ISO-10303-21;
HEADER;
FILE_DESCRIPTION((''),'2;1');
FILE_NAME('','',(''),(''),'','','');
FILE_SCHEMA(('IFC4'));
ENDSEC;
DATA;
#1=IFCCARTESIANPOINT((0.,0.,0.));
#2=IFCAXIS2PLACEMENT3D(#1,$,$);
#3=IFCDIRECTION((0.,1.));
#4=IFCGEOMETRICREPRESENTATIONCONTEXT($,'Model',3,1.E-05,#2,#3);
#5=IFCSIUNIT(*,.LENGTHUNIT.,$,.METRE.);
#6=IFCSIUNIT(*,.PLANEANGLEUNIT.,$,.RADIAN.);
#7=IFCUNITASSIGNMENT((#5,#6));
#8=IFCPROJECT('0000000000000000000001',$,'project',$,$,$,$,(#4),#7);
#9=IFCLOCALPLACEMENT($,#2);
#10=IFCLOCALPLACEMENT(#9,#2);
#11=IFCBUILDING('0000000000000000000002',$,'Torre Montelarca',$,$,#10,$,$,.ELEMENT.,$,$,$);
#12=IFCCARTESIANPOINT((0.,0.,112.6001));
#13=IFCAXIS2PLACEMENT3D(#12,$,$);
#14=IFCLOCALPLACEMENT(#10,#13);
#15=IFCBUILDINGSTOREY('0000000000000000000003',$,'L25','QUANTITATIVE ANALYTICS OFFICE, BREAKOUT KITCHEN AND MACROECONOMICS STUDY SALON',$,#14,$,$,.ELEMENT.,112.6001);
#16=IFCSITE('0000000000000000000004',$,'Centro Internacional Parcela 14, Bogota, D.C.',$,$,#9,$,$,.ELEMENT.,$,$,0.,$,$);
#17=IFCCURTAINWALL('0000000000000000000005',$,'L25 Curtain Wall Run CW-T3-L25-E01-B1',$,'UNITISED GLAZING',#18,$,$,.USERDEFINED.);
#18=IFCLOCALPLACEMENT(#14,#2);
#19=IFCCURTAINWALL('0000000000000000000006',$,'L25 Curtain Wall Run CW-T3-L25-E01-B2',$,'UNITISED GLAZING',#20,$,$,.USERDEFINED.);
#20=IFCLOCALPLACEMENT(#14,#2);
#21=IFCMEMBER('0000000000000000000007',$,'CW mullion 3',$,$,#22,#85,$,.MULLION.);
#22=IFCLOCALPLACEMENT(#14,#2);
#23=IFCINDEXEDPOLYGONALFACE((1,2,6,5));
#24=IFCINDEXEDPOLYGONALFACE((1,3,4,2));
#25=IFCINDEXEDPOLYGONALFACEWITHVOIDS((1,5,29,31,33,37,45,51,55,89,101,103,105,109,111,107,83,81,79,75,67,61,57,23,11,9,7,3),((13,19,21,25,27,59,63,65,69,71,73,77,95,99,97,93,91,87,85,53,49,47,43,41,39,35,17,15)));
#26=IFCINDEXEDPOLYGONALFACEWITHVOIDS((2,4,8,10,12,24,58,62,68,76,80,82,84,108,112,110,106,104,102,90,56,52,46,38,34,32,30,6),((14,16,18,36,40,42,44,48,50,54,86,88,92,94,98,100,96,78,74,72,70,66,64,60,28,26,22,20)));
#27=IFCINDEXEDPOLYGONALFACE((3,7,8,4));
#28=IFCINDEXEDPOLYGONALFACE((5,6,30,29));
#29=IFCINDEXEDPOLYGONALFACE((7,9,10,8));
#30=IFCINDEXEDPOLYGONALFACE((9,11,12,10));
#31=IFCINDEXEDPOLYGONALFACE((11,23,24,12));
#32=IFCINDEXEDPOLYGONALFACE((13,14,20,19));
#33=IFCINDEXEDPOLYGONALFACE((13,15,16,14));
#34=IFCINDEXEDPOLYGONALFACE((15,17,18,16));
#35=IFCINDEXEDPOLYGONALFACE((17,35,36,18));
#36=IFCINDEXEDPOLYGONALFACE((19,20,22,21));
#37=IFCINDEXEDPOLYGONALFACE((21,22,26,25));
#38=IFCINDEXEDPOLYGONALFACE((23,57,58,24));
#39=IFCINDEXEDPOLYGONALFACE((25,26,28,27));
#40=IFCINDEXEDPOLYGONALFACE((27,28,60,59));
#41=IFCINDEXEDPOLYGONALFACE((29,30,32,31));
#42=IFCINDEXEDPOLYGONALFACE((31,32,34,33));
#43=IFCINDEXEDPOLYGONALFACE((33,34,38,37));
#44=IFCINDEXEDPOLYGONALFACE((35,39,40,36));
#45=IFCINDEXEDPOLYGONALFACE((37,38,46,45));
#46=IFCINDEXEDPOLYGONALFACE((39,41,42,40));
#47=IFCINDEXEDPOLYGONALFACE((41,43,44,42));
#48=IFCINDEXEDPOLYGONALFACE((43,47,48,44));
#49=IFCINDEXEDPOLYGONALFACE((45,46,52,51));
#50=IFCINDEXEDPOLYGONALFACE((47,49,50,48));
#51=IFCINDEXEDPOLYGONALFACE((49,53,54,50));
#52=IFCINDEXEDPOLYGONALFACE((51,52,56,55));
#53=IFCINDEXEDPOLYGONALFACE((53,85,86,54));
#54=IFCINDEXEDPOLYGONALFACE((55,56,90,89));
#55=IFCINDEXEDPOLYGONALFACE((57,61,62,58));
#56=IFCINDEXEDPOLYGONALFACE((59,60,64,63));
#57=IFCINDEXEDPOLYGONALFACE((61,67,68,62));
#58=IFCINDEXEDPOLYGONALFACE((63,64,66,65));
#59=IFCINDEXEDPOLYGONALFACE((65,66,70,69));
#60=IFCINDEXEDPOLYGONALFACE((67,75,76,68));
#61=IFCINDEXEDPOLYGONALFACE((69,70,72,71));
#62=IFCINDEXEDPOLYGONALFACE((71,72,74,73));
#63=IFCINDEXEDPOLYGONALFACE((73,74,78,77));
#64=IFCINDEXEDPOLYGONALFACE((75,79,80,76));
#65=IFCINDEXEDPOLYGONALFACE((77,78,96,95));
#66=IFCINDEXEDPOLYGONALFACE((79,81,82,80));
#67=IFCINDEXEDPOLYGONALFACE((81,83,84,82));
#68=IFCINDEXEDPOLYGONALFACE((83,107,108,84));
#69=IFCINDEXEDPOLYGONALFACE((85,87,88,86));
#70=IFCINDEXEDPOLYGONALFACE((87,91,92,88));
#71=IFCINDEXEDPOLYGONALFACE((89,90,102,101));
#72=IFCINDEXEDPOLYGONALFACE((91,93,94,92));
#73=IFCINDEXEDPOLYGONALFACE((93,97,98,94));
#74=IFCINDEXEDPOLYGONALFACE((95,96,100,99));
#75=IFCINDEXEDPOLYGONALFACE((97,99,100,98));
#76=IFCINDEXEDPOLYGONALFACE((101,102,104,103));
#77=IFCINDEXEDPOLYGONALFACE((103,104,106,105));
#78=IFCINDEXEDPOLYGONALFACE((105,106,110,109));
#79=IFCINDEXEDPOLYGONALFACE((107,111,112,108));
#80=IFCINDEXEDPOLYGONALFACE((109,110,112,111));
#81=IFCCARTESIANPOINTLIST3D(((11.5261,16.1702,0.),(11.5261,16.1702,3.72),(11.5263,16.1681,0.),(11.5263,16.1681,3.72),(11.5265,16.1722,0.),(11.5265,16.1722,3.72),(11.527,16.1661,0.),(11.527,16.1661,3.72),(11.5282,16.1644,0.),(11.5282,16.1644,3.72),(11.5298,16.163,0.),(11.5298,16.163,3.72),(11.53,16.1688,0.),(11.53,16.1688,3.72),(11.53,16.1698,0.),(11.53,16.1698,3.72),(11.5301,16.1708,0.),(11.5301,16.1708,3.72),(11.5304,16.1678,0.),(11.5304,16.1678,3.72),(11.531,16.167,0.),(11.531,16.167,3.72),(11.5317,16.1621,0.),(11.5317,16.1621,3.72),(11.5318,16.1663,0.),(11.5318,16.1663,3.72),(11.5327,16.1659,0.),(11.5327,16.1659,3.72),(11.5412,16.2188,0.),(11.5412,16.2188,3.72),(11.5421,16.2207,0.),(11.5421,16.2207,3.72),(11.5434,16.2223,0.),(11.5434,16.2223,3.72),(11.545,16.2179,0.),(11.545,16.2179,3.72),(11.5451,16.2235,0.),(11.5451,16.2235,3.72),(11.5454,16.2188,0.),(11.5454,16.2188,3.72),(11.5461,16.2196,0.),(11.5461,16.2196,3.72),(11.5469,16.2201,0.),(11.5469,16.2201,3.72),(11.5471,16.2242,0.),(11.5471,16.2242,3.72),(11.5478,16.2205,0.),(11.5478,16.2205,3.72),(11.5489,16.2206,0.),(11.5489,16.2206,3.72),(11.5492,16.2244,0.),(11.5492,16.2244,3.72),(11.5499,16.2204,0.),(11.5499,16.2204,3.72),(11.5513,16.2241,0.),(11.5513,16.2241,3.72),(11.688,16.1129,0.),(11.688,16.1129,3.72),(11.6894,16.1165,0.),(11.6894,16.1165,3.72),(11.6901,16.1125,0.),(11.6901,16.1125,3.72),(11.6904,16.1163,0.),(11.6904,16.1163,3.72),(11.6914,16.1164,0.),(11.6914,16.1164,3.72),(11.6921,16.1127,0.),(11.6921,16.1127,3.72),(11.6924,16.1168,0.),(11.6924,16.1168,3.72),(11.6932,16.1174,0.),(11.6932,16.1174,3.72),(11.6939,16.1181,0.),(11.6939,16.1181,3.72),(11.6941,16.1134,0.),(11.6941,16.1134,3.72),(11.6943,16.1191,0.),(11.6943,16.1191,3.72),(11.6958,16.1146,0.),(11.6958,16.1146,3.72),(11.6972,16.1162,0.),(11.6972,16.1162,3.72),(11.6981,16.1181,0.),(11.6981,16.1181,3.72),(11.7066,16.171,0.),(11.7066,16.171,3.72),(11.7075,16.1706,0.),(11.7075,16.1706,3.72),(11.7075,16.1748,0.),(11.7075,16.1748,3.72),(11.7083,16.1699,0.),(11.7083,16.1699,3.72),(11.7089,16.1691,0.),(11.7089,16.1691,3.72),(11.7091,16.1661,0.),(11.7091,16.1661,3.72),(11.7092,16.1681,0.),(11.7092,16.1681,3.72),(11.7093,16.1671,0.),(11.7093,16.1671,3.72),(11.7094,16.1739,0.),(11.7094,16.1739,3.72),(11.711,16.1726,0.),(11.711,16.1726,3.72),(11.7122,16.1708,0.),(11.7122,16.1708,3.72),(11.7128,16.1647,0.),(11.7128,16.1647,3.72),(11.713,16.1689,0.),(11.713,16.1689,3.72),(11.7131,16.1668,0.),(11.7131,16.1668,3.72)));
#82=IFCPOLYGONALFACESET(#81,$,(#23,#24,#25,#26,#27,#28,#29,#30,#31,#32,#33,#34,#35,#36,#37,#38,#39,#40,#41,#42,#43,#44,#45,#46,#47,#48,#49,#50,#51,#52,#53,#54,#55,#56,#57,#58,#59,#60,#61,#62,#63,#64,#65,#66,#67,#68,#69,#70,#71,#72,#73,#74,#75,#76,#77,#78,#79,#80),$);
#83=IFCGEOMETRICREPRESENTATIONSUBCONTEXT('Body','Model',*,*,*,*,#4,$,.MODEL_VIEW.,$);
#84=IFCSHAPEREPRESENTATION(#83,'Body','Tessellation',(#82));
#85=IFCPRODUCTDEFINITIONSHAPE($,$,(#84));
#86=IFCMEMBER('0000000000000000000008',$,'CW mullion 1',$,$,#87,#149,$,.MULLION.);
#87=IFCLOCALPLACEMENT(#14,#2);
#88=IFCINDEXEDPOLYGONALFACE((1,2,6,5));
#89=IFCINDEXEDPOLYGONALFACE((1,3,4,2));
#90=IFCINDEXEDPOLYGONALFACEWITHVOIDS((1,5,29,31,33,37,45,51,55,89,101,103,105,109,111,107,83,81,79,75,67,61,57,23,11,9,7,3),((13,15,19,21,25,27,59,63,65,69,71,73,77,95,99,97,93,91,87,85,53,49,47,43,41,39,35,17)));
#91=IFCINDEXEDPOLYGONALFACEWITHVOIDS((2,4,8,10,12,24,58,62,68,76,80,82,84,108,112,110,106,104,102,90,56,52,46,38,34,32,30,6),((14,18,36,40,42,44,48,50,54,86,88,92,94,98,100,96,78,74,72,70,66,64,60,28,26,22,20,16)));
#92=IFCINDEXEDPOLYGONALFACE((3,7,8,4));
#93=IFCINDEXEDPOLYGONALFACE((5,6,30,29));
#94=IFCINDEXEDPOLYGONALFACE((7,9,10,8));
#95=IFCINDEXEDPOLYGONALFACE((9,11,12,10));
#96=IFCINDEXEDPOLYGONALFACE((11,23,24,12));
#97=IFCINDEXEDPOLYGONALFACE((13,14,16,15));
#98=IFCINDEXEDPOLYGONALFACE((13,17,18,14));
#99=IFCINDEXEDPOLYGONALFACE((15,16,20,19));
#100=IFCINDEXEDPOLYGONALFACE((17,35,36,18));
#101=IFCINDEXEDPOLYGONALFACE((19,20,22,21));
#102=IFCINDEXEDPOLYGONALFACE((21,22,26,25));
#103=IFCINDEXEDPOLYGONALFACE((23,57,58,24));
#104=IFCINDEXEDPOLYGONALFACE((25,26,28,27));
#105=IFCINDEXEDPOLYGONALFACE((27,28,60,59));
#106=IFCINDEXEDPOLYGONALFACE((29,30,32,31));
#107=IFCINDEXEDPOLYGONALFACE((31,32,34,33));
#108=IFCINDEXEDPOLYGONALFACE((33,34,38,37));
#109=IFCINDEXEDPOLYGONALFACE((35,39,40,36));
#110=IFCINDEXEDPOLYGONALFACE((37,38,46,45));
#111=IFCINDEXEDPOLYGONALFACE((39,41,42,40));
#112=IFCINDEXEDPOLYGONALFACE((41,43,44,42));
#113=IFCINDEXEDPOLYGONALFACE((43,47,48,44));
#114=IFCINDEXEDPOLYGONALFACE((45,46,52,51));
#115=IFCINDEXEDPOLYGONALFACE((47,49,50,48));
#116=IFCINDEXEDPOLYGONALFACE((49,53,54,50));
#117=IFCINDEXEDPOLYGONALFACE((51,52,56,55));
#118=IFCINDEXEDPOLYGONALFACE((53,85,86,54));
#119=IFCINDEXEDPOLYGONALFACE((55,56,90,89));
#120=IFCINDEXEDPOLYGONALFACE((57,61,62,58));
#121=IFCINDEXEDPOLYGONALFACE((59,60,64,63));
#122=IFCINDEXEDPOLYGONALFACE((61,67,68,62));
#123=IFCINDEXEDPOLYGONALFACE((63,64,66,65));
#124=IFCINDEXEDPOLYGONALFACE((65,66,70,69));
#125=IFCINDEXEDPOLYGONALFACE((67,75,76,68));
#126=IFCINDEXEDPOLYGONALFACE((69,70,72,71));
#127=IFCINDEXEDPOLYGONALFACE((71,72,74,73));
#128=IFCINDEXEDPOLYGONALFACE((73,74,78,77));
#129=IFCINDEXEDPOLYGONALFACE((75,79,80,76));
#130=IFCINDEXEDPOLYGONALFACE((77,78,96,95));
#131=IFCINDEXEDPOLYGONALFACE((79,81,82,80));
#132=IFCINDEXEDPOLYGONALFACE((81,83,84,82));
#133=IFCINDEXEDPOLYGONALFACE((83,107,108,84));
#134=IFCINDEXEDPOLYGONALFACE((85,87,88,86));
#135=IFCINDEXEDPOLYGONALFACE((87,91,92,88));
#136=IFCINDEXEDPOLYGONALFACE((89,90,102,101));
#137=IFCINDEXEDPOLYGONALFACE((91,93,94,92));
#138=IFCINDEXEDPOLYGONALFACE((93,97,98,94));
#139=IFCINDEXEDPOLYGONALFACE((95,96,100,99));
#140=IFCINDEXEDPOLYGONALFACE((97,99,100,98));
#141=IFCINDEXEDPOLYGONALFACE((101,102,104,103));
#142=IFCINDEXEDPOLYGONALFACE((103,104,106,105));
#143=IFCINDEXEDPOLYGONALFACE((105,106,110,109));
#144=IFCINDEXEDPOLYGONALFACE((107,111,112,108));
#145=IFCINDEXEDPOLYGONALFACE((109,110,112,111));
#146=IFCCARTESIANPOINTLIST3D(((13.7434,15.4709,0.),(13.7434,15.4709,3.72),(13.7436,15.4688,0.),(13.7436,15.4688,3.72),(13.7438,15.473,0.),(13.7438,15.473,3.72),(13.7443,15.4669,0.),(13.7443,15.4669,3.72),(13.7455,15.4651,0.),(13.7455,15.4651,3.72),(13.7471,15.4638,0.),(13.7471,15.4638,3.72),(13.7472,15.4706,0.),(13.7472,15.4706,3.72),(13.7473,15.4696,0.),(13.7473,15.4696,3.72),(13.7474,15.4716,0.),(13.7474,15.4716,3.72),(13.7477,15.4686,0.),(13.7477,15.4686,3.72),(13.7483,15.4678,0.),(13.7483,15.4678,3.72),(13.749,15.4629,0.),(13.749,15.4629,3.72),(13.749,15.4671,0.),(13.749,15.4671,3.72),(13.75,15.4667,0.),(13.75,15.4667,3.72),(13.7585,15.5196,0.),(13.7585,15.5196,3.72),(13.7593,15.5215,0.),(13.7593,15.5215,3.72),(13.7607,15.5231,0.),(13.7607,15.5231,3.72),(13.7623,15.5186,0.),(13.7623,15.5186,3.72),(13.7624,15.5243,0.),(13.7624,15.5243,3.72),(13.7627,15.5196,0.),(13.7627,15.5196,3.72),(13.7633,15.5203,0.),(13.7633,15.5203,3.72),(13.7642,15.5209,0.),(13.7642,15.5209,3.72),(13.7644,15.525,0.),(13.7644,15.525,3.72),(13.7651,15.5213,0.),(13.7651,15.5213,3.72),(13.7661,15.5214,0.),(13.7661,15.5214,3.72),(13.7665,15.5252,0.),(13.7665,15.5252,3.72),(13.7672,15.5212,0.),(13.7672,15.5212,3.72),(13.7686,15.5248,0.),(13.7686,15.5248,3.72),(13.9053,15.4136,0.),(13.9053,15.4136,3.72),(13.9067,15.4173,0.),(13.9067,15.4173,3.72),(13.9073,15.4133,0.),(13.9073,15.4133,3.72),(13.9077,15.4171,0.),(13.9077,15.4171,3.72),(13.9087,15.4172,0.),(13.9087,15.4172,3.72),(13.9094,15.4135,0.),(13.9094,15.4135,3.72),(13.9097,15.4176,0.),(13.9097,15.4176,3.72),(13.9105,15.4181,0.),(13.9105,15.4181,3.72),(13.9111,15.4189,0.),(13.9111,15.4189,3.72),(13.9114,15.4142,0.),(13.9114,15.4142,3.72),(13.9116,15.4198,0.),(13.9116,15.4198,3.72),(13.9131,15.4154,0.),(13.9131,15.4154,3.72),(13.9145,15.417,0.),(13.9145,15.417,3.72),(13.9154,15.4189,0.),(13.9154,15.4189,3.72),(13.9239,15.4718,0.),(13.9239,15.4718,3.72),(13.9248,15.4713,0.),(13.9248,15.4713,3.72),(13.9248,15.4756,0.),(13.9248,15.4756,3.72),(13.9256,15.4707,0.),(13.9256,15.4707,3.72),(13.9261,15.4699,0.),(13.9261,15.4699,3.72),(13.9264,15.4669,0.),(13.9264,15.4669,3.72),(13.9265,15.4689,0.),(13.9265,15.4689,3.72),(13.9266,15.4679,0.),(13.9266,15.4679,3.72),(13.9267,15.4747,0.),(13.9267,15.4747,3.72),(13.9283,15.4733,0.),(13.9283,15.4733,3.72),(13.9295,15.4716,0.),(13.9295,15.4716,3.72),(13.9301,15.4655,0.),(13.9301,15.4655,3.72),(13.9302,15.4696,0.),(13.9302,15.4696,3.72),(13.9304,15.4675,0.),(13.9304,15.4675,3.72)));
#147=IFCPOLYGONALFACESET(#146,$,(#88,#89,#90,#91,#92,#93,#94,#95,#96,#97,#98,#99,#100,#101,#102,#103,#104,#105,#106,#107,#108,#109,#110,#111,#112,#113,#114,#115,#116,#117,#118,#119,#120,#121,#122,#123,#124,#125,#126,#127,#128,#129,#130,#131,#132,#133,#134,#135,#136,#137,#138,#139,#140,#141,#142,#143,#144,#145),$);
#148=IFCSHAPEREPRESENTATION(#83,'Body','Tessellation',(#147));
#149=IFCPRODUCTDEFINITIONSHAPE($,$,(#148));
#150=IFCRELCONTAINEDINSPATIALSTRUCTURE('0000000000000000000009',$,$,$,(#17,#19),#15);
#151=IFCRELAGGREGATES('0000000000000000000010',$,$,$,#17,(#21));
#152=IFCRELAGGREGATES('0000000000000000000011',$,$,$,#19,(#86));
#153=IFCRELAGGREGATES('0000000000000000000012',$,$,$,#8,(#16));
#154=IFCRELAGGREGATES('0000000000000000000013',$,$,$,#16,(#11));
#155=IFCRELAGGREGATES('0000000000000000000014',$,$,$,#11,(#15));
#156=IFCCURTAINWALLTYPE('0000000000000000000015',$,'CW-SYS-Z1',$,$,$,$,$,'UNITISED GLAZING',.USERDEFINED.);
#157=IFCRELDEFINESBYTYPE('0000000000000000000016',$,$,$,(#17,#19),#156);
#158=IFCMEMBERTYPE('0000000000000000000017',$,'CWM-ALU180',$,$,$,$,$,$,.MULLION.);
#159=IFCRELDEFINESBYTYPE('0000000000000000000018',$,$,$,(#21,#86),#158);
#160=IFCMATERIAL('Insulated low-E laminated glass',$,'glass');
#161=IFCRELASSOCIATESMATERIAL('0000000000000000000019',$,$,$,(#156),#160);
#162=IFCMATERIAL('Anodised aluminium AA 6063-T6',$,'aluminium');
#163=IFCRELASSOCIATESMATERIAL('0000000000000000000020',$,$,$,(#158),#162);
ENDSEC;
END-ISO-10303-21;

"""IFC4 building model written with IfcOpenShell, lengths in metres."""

from ifc_helpers import new_model, si_unit, direction, frame, origin, origin_2d, place, context, subcontext, project, spatial, hollow_rectangle, extrude, source, transform, mapped, material, material_profile, profile_set, type_object, element, aggregate, save


model = new_model("IFC4")

# Units and contexts
model_context = context("Model", 3, precision=1e-05, world=origin(), true_north=direction((0.0, 1.0)))
body_context = subcontext(model_context, "Body", "Model", "MODEL_VIEW")
ifc_project = project(units=[si_unit("LENGTHUNIT", "METRE"), si_unit("PLANEANGLEUNIT", "RADIAN")], contexts=[model_context])

# Site, building, storey
site_placement = place(None, origin())
site = spatial("IfcSite", under=ifc_project, at=site_placement, Name="Centro Internacional Parcela 14, Bogota, D.C.", CompositionType="ELEMENT", RefElevation=0.0)
building_placement = place(site_placement, origin())
building = spatial("IfcBuilding", under=site, at=building_placement, Name="Torre Montelarca", CompositionType="ELEMENT")
storey_placement = place(building_placement, frame((0.0, 0.0, 112.6001)))
storey = spatial("IfcBuildingStorey", under=building, at=storey_placement, Name="L25", Description="QUANTITATIVE ANALYTICS OFFICE, BREAKOUT KITCHEN AND MACROECONOMICS STUDY SALON", CompositionType="ELEMENT", Elevation=112.6001)

# Curtain walls
ifc_material_1 = material(Name="Insulated low-E laminated glass", Category="glass")
curtain_wall_type = type_object("IfcCurtainWallType", Name="CW-SYS-Z1", ElementType="UNITISED GLAZING", PredefinedType="USERDEFINED", material=ifc_material_1)
curtain_wall_1_placement = place(storey_placement, origin())
curtain_wall_1 = element("IfcCurtainWall", 1, at=curtain_wall_1_placement, inside=storey, type_object=curtain_wall_type, Name="L25 Curtain Wall Run CW-T3-L25-E01-B1", ObjectType="UNITISED GLAZING", PredefinedType="USERDEFINED")
ifc_material_2 = material(Name="Anodised aluminium AA 6063-T6", Category="aluminium")
curtain_wall_2_placement = place(storey_placement, origin())
curtain_wall_2 = element("IfcCurtainWall", 2, at=curtain_wall_2_placement, inside=storey, type_object=curtain_wall_type, Name="L25 Curtain Wall Run CW-T3-L25-E01-B2", ObjectType="UNITISED GLAZING", PredefinedType="USERDEFINED")

# Members
ifc_material_profile_1 = material_profile(ifc_material_2, hollow_rectangle(XDim=0.0649, YDim=0.1799, WallThickness=0.0039, InnerFilletRadius=0.0039, OuterFilletRadius=0.0081, at=origin_2d()), Name="ALU65X180X4", Category="aluminium")
ifc_profile_set_1 = profile_set([ifc_material_profile_1], Name="Anodised aluminium AA 6063-T6")
member_type_1 = type_object("IfcMemberType", Name="CWM-ALU180", PredefinedType="MULLION", material=ifc_profile_set_1)
shared_shape_1 = source(origin(), body_context, "Body", "SweptSolid", [
    extrude(hollow_rectangle(XDim=0.0649, YDim=0.1799, WallThickness=0.0039, InnerFilletRadius=0.0039, OuterFilletRadius=0.0081, at=origin_2d()), origin(), (0.0, 0.0, 1.0), 3.72),
])
member_1_placement = place(storey_placement, frame((11.6196, 16.1685, 0.0), z_axis=(0.0, 0.0, 1.0), x_axis=(0.30071, 0.953716, 0.0)))
member_1 = element("IfcMember", 3, at=member_1_placement, type_object=member_type_1, Name="CW mullion 3", PredefinedType="MULLION", context=body_context, shape_type="MappedRepresentation", body=[
    mapped(shared_shape_1, transform((0.0, 0.0, 0.0), scale=1.0)),
])
member_2_placement = place(storey_placement, frame((13.8369, 15.4692, 0.0), z_axis=(0.0, 0.0, 1.0), x_axis=(0.300693, 0.953721, 0.0)))
member_2 = element("IfcMember", 4, at=member_2_placement, type_object=member_type_1, Name="CW mullion 1", PredefinedType="MULLION", context=body_context, shape_type="MappedRepresentation", body=[
    mapped(shared_shape_1, transform((0.0, 0.0, 0.0), scale=1.0)),
])

aggregate(curtain_wall_1, [member_1])
aggregate(curtain_wall_2, [member_2])

save(model, "model.ifc")
